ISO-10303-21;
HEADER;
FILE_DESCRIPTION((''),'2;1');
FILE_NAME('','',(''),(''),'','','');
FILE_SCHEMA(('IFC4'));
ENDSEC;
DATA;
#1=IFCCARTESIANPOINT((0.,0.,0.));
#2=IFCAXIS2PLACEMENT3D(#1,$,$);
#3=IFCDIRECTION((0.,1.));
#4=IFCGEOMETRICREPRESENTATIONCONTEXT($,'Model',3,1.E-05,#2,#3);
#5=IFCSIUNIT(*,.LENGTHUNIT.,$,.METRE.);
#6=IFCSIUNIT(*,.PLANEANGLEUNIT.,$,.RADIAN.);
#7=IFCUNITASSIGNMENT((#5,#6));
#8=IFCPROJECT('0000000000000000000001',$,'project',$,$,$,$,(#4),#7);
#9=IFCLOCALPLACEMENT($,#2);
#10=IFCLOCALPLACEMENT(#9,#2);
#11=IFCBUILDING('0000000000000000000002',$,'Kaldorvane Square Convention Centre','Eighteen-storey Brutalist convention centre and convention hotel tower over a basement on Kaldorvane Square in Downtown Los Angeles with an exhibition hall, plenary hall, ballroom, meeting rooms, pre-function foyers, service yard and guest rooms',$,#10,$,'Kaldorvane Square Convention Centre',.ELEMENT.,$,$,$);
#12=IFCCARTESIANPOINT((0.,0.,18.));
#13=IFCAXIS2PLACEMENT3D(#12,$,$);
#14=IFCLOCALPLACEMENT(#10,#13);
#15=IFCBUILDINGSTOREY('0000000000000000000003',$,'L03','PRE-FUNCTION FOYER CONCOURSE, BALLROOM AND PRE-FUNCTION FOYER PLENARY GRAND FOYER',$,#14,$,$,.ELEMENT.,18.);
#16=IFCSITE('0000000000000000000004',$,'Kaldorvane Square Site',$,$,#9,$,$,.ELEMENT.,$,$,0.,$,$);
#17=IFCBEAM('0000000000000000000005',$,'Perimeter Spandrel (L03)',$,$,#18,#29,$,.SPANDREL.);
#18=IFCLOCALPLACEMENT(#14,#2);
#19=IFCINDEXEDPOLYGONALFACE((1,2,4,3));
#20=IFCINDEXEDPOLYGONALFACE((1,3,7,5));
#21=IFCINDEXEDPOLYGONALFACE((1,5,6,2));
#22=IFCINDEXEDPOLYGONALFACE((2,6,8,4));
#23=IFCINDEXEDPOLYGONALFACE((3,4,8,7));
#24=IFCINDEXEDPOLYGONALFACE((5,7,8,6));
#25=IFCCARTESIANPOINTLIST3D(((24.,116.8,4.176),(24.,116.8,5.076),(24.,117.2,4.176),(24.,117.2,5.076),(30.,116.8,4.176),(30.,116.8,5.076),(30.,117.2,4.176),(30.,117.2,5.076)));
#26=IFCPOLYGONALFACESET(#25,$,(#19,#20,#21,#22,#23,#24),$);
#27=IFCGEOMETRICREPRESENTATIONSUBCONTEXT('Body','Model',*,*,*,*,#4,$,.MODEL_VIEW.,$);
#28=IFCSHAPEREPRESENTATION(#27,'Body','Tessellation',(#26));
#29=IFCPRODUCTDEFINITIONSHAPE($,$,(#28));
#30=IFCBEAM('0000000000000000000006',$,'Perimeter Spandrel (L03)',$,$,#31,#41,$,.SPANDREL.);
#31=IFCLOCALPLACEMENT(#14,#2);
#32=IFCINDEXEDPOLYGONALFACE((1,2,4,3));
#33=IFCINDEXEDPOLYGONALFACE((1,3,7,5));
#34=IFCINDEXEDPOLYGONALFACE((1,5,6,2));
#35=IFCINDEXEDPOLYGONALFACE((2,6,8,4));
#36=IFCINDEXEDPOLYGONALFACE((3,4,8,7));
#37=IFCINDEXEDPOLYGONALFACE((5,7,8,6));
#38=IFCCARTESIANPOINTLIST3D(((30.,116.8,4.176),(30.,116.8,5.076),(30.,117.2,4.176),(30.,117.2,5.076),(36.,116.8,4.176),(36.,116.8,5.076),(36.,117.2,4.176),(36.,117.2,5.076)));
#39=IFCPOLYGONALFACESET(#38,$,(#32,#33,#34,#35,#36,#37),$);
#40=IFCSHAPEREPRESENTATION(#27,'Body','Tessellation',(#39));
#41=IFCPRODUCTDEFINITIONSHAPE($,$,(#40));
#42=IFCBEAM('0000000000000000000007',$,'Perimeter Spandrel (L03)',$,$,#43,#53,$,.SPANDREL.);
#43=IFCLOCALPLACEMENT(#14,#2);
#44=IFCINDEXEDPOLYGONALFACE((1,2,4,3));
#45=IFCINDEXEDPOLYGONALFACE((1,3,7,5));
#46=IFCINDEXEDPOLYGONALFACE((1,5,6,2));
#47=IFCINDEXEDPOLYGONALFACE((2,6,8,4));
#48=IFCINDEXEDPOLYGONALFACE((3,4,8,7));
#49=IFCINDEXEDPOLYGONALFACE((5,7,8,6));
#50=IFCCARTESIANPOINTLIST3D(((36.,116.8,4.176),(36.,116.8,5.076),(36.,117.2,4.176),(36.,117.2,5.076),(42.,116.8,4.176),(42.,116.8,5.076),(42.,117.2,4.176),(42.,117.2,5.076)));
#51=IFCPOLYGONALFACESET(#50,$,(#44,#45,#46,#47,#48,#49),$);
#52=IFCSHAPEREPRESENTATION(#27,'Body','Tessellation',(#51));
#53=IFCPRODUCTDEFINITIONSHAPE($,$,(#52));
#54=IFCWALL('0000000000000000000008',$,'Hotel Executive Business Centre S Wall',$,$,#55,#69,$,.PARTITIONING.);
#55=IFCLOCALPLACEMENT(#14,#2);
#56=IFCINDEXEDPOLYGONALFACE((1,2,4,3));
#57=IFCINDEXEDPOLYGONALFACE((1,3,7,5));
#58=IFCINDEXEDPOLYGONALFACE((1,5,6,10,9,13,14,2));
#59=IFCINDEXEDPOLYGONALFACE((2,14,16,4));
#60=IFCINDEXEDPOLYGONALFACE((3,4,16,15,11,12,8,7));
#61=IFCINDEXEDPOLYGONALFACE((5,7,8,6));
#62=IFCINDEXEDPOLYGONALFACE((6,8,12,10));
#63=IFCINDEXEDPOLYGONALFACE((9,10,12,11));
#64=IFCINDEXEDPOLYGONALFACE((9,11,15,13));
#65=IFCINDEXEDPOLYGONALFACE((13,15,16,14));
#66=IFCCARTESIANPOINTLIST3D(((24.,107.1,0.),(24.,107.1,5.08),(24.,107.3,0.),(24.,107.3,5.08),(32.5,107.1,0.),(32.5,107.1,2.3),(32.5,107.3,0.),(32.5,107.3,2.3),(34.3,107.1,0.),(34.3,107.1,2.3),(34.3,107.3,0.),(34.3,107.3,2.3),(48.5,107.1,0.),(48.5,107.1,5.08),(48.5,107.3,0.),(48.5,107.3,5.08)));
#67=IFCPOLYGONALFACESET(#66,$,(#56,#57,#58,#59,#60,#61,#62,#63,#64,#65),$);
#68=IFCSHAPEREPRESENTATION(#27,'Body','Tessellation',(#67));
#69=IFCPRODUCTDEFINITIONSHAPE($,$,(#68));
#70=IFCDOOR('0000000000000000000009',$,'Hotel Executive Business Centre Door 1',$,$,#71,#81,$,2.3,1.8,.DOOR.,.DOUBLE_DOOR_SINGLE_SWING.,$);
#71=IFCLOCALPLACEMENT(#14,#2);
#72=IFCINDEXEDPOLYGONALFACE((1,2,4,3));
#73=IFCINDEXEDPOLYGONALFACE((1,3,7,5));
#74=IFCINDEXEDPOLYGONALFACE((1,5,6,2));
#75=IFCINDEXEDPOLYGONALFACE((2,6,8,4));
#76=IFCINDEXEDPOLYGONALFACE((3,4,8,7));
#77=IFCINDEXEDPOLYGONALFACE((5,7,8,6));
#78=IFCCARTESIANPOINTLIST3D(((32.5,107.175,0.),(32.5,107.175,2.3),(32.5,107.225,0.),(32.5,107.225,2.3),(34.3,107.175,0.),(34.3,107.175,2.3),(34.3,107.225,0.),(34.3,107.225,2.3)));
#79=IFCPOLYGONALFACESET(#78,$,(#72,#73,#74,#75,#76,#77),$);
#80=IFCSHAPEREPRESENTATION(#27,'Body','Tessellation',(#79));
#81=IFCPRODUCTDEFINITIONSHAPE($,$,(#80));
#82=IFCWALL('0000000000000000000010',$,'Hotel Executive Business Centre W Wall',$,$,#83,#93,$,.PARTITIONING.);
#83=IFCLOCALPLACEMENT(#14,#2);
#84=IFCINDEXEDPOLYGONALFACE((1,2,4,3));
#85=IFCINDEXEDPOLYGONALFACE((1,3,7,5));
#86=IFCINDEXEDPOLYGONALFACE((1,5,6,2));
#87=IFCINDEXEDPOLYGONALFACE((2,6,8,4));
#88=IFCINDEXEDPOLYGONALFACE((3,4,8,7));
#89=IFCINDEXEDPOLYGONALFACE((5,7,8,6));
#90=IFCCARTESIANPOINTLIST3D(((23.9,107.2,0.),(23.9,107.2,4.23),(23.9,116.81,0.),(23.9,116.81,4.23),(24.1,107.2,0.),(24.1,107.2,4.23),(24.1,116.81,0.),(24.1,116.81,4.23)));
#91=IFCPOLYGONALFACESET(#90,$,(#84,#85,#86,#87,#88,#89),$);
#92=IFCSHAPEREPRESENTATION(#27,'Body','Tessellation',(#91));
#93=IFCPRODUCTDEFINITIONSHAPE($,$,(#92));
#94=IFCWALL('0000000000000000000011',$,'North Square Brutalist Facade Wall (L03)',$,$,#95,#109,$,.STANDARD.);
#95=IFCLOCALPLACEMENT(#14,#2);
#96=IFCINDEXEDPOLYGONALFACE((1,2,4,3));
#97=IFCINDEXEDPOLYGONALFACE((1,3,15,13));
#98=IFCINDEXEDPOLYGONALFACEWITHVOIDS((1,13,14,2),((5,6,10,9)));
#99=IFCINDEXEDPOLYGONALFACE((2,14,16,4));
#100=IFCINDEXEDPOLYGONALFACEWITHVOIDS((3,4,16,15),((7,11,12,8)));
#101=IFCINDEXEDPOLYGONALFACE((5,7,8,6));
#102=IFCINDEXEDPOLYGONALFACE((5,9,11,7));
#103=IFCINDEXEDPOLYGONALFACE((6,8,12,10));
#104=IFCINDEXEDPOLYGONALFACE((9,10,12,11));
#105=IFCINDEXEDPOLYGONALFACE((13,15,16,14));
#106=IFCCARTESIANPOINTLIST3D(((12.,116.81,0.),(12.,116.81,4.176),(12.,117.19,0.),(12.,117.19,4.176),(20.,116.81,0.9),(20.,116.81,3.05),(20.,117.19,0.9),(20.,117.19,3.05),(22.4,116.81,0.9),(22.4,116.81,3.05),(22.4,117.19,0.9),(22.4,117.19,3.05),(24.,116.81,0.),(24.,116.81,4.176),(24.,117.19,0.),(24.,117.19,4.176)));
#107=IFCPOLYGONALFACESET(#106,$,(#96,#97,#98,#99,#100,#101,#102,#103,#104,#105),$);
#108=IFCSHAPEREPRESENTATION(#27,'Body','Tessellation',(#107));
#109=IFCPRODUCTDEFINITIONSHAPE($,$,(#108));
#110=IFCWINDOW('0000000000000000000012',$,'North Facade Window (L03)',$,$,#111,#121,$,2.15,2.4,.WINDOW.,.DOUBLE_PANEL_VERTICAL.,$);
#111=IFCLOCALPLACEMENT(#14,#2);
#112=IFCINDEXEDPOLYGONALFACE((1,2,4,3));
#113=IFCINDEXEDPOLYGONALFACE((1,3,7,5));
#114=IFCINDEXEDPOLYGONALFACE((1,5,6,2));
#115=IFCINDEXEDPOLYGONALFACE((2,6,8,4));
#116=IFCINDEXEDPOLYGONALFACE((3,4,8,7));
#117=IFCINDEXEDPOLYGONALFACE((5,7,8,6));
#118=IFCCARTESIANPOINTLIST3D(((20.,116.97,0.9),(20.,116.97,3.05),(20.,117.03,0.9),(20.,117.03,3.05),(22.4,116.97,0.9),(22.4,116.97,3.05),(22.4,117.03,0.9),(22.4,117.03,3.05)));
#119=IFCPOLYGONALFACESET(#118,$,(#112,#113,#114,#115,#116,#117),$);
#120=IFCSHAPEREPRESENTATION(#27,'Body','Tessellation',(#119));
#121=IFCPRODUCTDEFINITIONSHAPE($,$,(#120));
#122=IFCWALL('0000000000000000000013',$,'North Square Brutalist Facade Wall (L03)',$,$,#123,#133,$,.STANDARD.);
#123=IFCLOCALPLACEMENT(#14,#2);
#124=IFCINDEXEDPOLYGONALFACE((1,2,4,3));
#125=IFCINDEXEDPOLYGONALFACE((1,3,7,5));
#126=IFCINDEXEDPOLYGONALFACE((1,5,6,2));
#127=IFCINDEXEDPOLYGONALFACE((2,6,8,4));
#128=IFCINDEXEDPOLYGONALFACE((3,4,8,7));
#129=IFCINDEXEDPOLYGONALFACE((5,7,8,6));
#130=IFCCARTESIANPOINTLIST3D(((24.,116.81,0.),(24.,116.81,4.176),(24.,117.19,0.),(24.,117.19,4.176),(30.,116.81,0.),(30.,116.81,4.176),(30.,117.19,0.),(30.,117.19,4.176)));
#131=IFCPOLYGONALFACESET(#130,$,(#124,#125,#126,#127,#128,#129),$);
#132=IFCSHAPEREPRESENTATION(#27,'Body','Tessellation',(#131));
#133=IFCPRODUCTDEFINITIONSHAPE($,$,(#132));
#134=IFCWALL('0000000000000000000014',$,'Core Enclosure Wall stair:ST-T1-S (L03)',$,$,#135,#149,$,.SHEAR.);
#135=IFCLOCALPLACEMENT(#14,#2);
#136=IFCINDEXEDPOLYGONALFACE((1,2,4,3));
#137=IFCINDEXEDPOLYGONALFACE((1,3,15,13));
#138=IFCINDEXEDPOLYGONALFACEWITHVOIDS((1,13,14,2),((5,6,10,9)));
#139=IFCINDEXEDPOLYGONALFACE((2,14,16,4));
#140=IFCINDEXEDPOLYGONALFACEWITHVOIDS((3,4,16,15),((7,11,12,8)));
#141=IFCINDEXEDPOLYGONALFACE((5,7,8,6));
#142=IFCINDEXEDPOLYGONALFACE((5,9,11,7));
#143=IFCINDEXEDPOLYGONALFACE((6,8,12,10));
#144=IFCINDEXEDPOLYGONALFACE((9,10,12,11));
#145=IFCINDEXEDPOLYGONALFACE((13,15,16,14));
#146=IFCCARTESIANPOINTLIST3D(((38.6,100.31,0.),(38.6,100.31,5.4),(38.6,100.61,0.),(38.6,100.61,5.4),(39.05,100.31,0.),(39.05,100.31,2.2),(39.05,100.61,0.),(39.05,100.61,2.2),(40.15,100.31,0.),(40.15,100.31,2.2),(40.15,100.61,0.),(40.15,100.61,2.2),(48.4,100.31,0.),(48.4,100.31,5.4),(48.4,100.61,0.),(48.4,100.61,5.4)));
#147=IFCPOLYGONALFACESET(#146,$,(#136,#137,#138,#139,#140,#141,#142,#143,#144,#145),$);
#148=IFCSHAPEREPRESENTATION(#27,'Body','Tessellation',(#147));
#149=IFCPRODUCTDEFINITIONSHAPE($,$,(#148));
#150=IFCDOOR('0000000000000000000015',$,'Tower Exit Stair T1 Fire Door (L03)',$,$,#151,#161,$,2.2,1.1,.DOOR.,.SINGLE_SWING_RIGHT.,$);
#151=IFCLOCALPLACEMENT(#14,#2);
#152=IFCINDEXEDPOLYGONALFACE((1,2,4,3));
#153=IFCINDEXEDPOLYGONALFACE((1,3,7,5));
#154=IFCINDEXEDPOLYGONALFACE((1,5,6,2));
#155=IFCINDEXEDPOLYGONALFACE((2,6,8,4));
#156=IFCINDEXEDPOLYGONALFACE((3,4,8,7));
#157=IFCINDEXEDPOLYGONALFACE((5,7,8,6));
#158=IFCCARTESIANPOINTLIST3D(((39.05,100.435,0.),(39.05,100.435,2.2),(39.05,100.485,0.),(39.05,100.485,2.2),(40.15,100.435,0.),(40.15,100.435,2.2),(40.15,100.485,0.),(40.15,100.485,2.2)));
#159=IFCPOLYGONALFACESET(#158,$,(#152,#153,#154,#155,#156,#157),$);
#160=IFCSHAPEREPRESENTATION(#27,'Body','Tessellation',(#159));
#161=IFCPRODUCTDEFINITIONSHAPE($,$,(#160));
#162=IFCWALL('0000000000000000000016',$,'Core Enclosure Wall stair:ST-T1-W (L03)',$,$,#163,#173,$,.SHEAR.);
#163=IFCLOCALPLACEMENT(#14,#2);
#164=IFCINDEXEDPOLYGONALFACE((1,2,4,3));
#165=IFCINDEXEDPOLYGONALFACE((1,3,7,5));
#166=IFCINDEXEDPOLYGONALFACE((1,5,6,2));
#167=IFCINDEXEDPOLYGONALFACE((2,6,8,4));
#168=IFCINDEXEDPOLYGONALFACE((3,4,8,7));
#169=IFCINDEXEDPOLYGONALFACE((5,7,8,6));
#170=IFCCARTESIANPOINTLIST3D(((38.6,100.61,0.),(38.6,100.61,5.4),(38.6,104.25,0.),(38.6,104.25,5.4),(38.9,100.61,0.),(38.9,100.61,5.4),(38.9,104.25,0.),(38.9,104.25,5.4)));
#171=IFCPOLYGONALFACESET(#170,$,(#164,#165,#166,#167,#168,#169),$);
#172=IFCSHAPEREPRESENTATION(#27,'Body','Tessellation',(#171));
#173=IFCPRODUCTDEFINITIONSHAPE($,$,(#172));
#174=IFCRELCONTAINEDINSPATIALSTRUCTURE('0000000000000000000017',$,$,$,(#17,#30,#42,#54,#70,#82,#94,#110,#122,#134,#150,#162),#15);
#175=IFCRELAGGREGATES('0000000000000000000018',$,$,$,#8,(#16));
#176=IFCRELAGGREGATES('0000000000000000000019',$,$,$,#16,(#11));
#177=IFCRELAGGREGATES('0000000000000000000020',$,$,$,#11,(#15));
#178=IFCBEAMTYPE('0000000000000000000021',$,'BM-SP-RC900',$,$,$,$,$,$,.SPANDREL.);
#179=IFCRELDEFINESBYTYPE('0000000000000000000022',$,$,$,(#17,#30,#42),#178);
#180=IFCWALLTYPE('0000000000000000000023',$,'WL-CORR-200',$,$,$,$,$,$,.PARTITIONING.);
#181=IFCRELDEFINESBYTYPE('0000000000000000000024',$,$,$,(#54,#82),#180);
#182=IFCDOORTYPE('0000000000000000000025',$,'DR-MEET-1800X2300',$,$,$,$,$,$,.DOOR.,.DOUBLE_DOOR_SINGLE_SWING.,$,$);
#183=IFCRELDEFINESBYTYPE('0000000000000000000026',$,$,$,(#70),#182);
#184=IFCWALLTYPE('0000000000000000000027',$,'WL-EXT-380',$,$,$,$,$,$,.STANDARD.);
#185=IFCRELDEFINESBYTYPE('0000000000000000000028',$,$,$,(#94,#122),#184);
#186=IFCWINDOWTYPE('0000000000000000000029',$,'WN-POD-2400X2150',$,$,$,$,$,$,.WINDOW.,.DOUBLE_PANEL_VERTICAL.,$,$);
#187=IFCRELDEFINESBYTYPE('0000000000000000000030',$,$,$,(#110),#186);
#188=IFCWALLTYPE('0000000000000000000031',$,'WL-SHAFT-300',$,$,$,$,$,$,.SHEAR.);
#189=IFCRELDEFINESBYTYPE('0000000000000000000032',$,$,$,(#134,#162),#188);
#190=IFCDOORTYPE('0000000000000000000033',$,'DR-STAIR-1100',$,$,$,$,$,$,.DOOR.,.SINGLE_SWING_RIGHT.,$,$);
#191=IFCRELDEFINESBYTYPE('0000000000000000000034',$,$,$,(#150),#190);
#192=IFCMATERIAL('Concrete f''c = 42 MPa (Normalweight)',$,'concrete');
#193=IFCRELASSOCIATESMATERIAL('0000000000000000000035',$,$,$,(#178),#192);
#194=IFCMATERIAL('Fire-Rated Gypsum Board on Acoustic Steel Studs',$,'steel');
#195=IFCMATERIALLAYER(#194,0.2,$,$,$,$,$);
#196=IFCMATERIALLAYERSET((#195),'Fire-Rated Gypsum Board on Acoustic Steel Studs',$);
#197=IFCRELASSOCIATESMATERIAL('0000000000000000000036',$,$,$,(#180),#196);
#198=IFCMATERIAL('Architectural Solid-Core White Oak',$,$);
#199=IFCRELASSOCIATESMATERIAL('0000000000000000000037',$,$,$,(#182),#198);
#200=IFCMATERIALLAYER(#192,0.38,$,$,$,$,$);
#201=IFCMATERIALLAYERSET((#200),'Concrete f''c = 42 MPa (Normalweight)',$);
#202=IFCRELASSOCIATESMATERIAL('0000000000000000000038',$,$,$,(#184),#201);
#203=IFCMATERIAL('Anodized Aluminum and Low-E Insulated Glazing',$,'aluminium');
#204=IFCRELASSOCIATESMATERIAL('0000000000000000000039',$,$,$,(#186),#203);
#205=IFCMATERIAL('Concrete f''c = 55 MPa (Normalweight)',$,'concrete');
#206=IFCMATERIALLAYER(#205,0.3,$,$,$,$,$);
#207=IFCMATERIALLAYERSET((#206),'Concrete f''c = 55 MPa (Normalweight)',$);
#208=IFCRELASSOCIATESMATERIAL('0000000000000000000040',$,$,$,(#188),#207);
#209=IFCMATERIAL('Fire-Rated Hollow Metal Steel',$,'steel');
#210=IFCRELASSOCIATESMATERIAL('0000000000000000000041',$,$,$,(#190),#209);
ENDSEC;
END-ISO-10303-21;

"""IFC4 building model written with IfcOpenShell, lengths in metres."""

from ifc_helpers import new_model, si_unit, direction, frame, frame_2d, origin, origin_2d, place, context, subcontext, project, spatial, rectangle, extrude, material, layer, layer_set, material_profile, profile_set, type_object, element, fill, save


model = new_model("IFC4")

# Units and contexts
model_context = context("Model", 3, precision=1e-05, world=origin(), true_north=direction((0.0, 1.0)))
body_context = subcontext(model_context, "Body", "Model", "MODEL_VIEW")
ifc_project = project(units=[si_unit("LENGTHUNIT", "METRE"), si_unit("PLANEANGLEUNIT", "RADIAN")], contexts=[model_context])

# Site, building, storey
site_placement = place(None, origin())
site = spatial("IfcSite", under=ifc_project, at=site_placement, Name="Kaldorvane Square Site", CompositionType="ELEMENT", RefElevation=0.0)
building_placement = place(site_placement, origin())
building = spatial("IfcBuilding", under=site, at=building_placement, Name="Kaldorvane Square Convention Centre", Description="Eighteen-storey Brutalist convention centre and convention hotel tower over a basement on Kaldorvane Square in Downtown Los Angeles with an exhibition hall, plenary hall, ballroom, meeting rooms, pre-function foyers, service yard and guest rooms", LongName="Kaldorvane Square Convention Centre", CompositionType="ELEMENT")
storey_placement = place(building_placement, frame((0.0, 0.0, 18.0)))
storey = spatial("IfcBuildingStorey", under=building, at=storey_placement, Name="L03", Description="PRE-FUNCTION FOYER CONCOURSE, BALLROOM AND PRE-FUNCTION FOYER PLENARY GRAND FOYER", CompositionType="ELEMENT", Elevation=18.0)

# Shared definitions
ifc_material_1 = material(Name="Concrete f'c = 55 MPa (Normalweight)", Category="concrete")

# Beams
ifc_material_2 = material(Name="Concrete f'c = 42 MPa (Normalweight)", Category="concrete")
ifc_material_profile_1 = material_profile(ifc_material_2, rectangle(XDim=0.4, YDim=0.9, at=origin_2d()), Name="RCSP900X400")
ifc_profile_set_1 = profile_set([ifc_material_profile_1], Name="Concrete f'c = 42 MPa (Normalweight)")
beam_type_1 = type_object("IfcBeamType", Name="BM-SP-RC900", PredefinedType="SPANDREL", material=ifc_profile_set_1)
for number, where, z_axis, x_axis, name in (
    (1, (24.0, 117.0, 4.626), (1.0, 0.0, 0.0), (0.0, 1.0, 0.0), "Perimeter Spandrel (L03)"),
    (2, (30.0, 117.0, 4.626), (1.0, 0.0, 0.0), (0.0, 1.0, 0.0), "Perimeter Spandrel (L03)"),
    (3, (36.0, 117.0, 4.626), (1.0, 0.0, 0.0), (0.0, 1.0, 0.0), "Perimeter Spandrel (L03)"),
):
    element("IfcBeam", number, at=place(storey_placement, frame(where, z_axis=z_axis, x_axis=x_axis)), inside=storey, type_object=beam_type_1, Name=name, PredefinedType="SPANDREL", context=body_context, shape_type="SweptSolid", body=[
        extrude(rectangle(XDim=0.4, YDim=0.9, at=origin_2d()), origin(), (0.0, 0.0, 1.0), 6.0),
    ])

# Wall, opening, door
ifc_material_3 = material(Name="Fire-Rated Gypsum Board on Acoustic Steel Studs", Category="steel")
ifc_layer_1 = layer(ifc_material_3, 0.2)
ifc_layer_set_1 = layer_set([ifc_layer_1], Name="Fire-Rated Gypsum Board on Acoustic Steel Studs")
wall_type_1 = type_object("IfcWallType", Name="WL-CORR-200", PredefinedType="PARTITIONING", material=ifc_layer_set_1)
wall_1_placement = place(storey_placement, frame((24.0, 107.2, 0.0), z_axis=(0.0, 0.0, 1.0), x_axis=(1.0, 0.0, 0.0)))
wall_1 = element("IfcWall", 4, at=wall_1_placement, inside=storey, type_object=wall_type_1, Name="Hotel Executive Business Centre S Wall", PredefinedType="PARTITIONING", context=body_context, shape_type="SweptSolid", body=[
    extrude(rectangle(XDim=24.5, YDim=0.2, at=frame_2d((12.25, 0.0))), origin(), (0.0, 0.0, 1.0), 5.08),
])
opening_1_placement = place(wall_1_placement, frame((8.5, 0.0, 0.0)))
opening_1 = element("IfcOpeningElement", 5, at=opening_1_placement, cuts=wall_1, PredefinedType="OPENING", context=body_context, shape_type="SweptSolid", body=[
    extrude(rectangle(XDim=1.8, YDim=2.3, at=frame_2d((0.9, 1.15))), frame((0.0, 0.115, 0.0), z_axis=(0.0, -1.0, 0.0), x_axis=(1.0, 0.0, 0.0)), (0.0, 0.0, 1.0), 0.23),
])
ifc_material_4 = material(Name="Architectural Solid-Core White Oak")
door_type_1 = type_object("IfcDoorType", Name="DR-MEET-1800X2300", OperationType="DOUBLE_DOOR_SINGLE_SWING", PredefinedType="DOOR", material=ifc_material_4)
door_1_placement = place(opening_1_placement, origin())
door_1 = element("IfcDoor", 6, at=door_1_placement, inside=storey, type_object=door_type_1, Name="Hotel Executive Business Centre Door 1", OperationType="DOUBLE_DOOR_SINGLE_SWING", OverallHeight=2.3, OverallWidth=1.8, PredefinedType="DOOR", context=body_context, shape_type="SweptSolid", body=[
    extrude(rectangle(XDim=1.8, YDim=2.3, at=frame_2d((0.9, 1.15))), frame((0.0, 0.025, 0.0), z_axis=(0.0, -1.0, 0.0), x_axis=(1.0, 0.0, 0.0)), (0.0, 0.0, 1.0), 0.05),
])
fill(opening_1, door_1)

# Wall
wall_2_placement = place(storey_placement, frame((24.0, 116.81, 0.0), z_axis=(0.0, 0.0, 1.0), x_axis=(0.0, -1.0, 0.0)))
element("IfcWall", 7, at=wall_2_placement, inside=storey, type_object=wall_type_1, Name="Hotel Executive Business Centre W Wall", PredefinedType="PARTITIONING", context=body_context, shape_type="SweptSolid", body=[
    extrude(rectangle(XDim=9.61, YDim=0.2, at=frame_2d((4.805, 0.0))), origin(), (0.0, 0.0, 1.0), 4.23),
])

# Wall, opening, window
ifc_layer_2 = layer(ifc_material_2, 0.38)
ifc_layer_set_2 = layer_set([ifc_layer_2], Name="Concrete f'c = 42 MPa (Normalweight)")
wall_type_2 = type_object("IfcWallType", Name="WL-EXT-380", PredefinedType="STANDARD", material=ifc_layer_set_2)
wall_3_placement = place(storey_placement, frame((24.0, 117.0, 0.0), z_axis=(0.0, 0.0, 1.0), x_axis=(-1.0, 0.0, 0.0)))
wall_3 = element("IfcWall", 8, at=wall_3_placement, inside=storey, type_object=wall_type_2, Name="North Square Brutalist Facade Wall (L03)", PredefinedType="STANDARD", context=body_context, shape_type="SweptSolid", body=[
    extrude(rectangle(XDim=12.0, YDim=0.38, at=frame_2d((6.0, 0.0))), origin(), (0.0, 0.0, 1.0), 4.176),
])
opening_2_placement = place(wall_3_placement, frame((1.6, 0.0, 0.9)))
opening_2 = element("IfcOpeningElement", 9, at=opening_2_placement, cuts=wall_3, PredefinedType="OPENING", context=body_context, shape_type="SweptSolid", body=[
    extrude(rectangle(XDim=2.4, YDim=2.15, at=frame_2d((1.2, 1.075))), frame((0.0, 0.205, 0.0), z_axis=(0.0, -1.0, 0.0), x_axis=(1.0, 0.0, 0.0)), (0.0, 0.0, 1.0), 0.41),
])
ifc_material_5 = material(Name="Anodized Aluminum and Low-E Insulated Glazing", Category="aluminium")
window_type = type_object("IfcWindowType", Name="WN-POD-2400X2150", PartitioningType="DOUBLE_PANEL_VERTICAL", PredefinedType="WINDOW", material=ifc_material_5)
window_placement = place(opening_2_placement, origin())
window = element("IfcWindow", 10, at=window_placement, inside=storey, type_object=window_type, Name="North Facade Window (L03)", OverallHeight=2.15, OverallWidth=2.4, PartitioningType="DOUBLE_PANEL_VERTICAL", PredefinedType="WINDOW", context=body_context, shape_type="SweptSolid", body=[
    extrude(rectangle(XDim=2.4, YDim=2.15, at=frame_2d((1.2, 1.075))), frame((0.0, 0.03, 0.0), z_axis=(0.0, -1.0, 0.0), x_axis=(1.0, 0.0, 0.0)), (0.0, 0.0, 1.0), 0.06),
])
fill(opening_2, window)

# Wall
wall_4_placement = place(storey_placement, frame((30.0, 117.0, 0.0), z_axis=(0.0, 0.0, 1.0), x_axis=(-1.0, 0.0, 0.0)))
element("IfcWall", 11, at=wall_4_placement, inside=storey, type_object=wall_type_2, Name="North Square Brutalist Facade Wall (L03)", PredefinedType="STANDARD", context=body_context, shape_type="SweptSolid", body=[
    extrude(rectangle(XDim=6.0, YDim=0.38, at=frame_2d((3.0, 0.0))), origin(), (0.0, 0.0, 1.0), 4.176),
])

# Wall, opening, door
ifc_layer_3 = layer(ifc_material_1, 0.3)
ifc_layer_set_3 = layer_set([ifc_layer_3], Name="Concrete f'c = 55 MPa (Normalweight)")
wall_type_3 = type_object("IfcWallType", Name="WL-SHAFT-300", PredefinedType="SHEAR", material=ifc_layer_set_3)
wall_5_placement = place(storey_placement, frame((38.6, 100.46, 0.0), z_axis=(0.0, 0.0, 1.0), x_axis=(1.0, 0.0, 0.0)))
wall_5 = element("IfcWall", 12, at=wall_5_placement, inside=storey, type_object=wall_type_3, Name="Core Enclosure Wall stair:ST-T1-S (L03)", PredefinedType="SHEAR", context=body_context, shape_type="SweptSolid", body=[
    extrude(rectangle(XDim=9.8, YDim=0.3, at=frame_2d((4.9, 0.0))), origin(), (0.0, 0.0, 1.0), 5.4),
])
opening_3_placement = place(wall_5_placement, frame((0.45, 0.0, 0.0)))
opening_3 = element("IfcOpeningElement", 13, at=opening_3_placement, cuts=wall_5, PredefinedType="OPENING", context=body_context, shape_type="SweptSolid", body=[
    extrude(rectangle(XDim=1.1, YDim=2.2, at=frame_2d((0.55, 1.1))), frame((0.0, 0.165, 0.0), z_axis=(0.0, -1.0, 0.0), x_axis=(1.0, 0.0, 0.0)), (0.0, 0.0, 1.0), 0.33),
])
ifc_material_6 = material(Name="Fire-Rated Hollow Metal Steel", Category="steel")
door_type_2 = type_object("IfcDoorType", Name="DR-STAIR-1100", OperationType="SINGLE_SWING_RIGHT", PredefinedType="DOOR", material=ifc_material_6)
door_2_placement = place(opening_3_placement, origin())
door_2 = element("IfcDoor", 14, at=door_2_placement, inside=storey, type_object=door_type_2, Name="Tower Exit Stair T1 Fire Door (L03)", OperationType="SINGLE_SWING_RIGHT", OverallHeight=2.2, OverallWidth=1.1, PredefinedType="DOOR", context=body_context, shape_type="SweptSolid", body=[
    extrude(rectangle(XDim=1.1, YDim=2.2, at=frame_2d((0.55, 1.1))), frame((0.0, 0.025, 0.0), z_axis=(0.0, -1.0, 0.0), x_axis=(1.0, 0.0, 0.0)), (0.0, 0.0, 1.0), 0.05),
])
fill(opening_3, door_2)

# Wall
wall_6_placement = place(storey_placement, frame((38.75, 104.25, 0.0), z_axis=(0.0, 0.0, 1.0), x_axis=(0.0, -1.0, 0.0)))
element("IfcWall", 15, at=wall_6_placement, inside=storey, type_object=wall_type_3, Name="Core Enclosure Wall stair:ST-T1-W (L03)", PredefinedType="SHEAR", context=body_context, shape_type="SweptSolid", body=[
    extrude(rectangle(XDim=3.64, YDim=0.3, at=frame_2d((1.82, 0.0))), origin(), (0.0, 0.0, 1.0), 5.4),
])

save(model, "model.ifc")
